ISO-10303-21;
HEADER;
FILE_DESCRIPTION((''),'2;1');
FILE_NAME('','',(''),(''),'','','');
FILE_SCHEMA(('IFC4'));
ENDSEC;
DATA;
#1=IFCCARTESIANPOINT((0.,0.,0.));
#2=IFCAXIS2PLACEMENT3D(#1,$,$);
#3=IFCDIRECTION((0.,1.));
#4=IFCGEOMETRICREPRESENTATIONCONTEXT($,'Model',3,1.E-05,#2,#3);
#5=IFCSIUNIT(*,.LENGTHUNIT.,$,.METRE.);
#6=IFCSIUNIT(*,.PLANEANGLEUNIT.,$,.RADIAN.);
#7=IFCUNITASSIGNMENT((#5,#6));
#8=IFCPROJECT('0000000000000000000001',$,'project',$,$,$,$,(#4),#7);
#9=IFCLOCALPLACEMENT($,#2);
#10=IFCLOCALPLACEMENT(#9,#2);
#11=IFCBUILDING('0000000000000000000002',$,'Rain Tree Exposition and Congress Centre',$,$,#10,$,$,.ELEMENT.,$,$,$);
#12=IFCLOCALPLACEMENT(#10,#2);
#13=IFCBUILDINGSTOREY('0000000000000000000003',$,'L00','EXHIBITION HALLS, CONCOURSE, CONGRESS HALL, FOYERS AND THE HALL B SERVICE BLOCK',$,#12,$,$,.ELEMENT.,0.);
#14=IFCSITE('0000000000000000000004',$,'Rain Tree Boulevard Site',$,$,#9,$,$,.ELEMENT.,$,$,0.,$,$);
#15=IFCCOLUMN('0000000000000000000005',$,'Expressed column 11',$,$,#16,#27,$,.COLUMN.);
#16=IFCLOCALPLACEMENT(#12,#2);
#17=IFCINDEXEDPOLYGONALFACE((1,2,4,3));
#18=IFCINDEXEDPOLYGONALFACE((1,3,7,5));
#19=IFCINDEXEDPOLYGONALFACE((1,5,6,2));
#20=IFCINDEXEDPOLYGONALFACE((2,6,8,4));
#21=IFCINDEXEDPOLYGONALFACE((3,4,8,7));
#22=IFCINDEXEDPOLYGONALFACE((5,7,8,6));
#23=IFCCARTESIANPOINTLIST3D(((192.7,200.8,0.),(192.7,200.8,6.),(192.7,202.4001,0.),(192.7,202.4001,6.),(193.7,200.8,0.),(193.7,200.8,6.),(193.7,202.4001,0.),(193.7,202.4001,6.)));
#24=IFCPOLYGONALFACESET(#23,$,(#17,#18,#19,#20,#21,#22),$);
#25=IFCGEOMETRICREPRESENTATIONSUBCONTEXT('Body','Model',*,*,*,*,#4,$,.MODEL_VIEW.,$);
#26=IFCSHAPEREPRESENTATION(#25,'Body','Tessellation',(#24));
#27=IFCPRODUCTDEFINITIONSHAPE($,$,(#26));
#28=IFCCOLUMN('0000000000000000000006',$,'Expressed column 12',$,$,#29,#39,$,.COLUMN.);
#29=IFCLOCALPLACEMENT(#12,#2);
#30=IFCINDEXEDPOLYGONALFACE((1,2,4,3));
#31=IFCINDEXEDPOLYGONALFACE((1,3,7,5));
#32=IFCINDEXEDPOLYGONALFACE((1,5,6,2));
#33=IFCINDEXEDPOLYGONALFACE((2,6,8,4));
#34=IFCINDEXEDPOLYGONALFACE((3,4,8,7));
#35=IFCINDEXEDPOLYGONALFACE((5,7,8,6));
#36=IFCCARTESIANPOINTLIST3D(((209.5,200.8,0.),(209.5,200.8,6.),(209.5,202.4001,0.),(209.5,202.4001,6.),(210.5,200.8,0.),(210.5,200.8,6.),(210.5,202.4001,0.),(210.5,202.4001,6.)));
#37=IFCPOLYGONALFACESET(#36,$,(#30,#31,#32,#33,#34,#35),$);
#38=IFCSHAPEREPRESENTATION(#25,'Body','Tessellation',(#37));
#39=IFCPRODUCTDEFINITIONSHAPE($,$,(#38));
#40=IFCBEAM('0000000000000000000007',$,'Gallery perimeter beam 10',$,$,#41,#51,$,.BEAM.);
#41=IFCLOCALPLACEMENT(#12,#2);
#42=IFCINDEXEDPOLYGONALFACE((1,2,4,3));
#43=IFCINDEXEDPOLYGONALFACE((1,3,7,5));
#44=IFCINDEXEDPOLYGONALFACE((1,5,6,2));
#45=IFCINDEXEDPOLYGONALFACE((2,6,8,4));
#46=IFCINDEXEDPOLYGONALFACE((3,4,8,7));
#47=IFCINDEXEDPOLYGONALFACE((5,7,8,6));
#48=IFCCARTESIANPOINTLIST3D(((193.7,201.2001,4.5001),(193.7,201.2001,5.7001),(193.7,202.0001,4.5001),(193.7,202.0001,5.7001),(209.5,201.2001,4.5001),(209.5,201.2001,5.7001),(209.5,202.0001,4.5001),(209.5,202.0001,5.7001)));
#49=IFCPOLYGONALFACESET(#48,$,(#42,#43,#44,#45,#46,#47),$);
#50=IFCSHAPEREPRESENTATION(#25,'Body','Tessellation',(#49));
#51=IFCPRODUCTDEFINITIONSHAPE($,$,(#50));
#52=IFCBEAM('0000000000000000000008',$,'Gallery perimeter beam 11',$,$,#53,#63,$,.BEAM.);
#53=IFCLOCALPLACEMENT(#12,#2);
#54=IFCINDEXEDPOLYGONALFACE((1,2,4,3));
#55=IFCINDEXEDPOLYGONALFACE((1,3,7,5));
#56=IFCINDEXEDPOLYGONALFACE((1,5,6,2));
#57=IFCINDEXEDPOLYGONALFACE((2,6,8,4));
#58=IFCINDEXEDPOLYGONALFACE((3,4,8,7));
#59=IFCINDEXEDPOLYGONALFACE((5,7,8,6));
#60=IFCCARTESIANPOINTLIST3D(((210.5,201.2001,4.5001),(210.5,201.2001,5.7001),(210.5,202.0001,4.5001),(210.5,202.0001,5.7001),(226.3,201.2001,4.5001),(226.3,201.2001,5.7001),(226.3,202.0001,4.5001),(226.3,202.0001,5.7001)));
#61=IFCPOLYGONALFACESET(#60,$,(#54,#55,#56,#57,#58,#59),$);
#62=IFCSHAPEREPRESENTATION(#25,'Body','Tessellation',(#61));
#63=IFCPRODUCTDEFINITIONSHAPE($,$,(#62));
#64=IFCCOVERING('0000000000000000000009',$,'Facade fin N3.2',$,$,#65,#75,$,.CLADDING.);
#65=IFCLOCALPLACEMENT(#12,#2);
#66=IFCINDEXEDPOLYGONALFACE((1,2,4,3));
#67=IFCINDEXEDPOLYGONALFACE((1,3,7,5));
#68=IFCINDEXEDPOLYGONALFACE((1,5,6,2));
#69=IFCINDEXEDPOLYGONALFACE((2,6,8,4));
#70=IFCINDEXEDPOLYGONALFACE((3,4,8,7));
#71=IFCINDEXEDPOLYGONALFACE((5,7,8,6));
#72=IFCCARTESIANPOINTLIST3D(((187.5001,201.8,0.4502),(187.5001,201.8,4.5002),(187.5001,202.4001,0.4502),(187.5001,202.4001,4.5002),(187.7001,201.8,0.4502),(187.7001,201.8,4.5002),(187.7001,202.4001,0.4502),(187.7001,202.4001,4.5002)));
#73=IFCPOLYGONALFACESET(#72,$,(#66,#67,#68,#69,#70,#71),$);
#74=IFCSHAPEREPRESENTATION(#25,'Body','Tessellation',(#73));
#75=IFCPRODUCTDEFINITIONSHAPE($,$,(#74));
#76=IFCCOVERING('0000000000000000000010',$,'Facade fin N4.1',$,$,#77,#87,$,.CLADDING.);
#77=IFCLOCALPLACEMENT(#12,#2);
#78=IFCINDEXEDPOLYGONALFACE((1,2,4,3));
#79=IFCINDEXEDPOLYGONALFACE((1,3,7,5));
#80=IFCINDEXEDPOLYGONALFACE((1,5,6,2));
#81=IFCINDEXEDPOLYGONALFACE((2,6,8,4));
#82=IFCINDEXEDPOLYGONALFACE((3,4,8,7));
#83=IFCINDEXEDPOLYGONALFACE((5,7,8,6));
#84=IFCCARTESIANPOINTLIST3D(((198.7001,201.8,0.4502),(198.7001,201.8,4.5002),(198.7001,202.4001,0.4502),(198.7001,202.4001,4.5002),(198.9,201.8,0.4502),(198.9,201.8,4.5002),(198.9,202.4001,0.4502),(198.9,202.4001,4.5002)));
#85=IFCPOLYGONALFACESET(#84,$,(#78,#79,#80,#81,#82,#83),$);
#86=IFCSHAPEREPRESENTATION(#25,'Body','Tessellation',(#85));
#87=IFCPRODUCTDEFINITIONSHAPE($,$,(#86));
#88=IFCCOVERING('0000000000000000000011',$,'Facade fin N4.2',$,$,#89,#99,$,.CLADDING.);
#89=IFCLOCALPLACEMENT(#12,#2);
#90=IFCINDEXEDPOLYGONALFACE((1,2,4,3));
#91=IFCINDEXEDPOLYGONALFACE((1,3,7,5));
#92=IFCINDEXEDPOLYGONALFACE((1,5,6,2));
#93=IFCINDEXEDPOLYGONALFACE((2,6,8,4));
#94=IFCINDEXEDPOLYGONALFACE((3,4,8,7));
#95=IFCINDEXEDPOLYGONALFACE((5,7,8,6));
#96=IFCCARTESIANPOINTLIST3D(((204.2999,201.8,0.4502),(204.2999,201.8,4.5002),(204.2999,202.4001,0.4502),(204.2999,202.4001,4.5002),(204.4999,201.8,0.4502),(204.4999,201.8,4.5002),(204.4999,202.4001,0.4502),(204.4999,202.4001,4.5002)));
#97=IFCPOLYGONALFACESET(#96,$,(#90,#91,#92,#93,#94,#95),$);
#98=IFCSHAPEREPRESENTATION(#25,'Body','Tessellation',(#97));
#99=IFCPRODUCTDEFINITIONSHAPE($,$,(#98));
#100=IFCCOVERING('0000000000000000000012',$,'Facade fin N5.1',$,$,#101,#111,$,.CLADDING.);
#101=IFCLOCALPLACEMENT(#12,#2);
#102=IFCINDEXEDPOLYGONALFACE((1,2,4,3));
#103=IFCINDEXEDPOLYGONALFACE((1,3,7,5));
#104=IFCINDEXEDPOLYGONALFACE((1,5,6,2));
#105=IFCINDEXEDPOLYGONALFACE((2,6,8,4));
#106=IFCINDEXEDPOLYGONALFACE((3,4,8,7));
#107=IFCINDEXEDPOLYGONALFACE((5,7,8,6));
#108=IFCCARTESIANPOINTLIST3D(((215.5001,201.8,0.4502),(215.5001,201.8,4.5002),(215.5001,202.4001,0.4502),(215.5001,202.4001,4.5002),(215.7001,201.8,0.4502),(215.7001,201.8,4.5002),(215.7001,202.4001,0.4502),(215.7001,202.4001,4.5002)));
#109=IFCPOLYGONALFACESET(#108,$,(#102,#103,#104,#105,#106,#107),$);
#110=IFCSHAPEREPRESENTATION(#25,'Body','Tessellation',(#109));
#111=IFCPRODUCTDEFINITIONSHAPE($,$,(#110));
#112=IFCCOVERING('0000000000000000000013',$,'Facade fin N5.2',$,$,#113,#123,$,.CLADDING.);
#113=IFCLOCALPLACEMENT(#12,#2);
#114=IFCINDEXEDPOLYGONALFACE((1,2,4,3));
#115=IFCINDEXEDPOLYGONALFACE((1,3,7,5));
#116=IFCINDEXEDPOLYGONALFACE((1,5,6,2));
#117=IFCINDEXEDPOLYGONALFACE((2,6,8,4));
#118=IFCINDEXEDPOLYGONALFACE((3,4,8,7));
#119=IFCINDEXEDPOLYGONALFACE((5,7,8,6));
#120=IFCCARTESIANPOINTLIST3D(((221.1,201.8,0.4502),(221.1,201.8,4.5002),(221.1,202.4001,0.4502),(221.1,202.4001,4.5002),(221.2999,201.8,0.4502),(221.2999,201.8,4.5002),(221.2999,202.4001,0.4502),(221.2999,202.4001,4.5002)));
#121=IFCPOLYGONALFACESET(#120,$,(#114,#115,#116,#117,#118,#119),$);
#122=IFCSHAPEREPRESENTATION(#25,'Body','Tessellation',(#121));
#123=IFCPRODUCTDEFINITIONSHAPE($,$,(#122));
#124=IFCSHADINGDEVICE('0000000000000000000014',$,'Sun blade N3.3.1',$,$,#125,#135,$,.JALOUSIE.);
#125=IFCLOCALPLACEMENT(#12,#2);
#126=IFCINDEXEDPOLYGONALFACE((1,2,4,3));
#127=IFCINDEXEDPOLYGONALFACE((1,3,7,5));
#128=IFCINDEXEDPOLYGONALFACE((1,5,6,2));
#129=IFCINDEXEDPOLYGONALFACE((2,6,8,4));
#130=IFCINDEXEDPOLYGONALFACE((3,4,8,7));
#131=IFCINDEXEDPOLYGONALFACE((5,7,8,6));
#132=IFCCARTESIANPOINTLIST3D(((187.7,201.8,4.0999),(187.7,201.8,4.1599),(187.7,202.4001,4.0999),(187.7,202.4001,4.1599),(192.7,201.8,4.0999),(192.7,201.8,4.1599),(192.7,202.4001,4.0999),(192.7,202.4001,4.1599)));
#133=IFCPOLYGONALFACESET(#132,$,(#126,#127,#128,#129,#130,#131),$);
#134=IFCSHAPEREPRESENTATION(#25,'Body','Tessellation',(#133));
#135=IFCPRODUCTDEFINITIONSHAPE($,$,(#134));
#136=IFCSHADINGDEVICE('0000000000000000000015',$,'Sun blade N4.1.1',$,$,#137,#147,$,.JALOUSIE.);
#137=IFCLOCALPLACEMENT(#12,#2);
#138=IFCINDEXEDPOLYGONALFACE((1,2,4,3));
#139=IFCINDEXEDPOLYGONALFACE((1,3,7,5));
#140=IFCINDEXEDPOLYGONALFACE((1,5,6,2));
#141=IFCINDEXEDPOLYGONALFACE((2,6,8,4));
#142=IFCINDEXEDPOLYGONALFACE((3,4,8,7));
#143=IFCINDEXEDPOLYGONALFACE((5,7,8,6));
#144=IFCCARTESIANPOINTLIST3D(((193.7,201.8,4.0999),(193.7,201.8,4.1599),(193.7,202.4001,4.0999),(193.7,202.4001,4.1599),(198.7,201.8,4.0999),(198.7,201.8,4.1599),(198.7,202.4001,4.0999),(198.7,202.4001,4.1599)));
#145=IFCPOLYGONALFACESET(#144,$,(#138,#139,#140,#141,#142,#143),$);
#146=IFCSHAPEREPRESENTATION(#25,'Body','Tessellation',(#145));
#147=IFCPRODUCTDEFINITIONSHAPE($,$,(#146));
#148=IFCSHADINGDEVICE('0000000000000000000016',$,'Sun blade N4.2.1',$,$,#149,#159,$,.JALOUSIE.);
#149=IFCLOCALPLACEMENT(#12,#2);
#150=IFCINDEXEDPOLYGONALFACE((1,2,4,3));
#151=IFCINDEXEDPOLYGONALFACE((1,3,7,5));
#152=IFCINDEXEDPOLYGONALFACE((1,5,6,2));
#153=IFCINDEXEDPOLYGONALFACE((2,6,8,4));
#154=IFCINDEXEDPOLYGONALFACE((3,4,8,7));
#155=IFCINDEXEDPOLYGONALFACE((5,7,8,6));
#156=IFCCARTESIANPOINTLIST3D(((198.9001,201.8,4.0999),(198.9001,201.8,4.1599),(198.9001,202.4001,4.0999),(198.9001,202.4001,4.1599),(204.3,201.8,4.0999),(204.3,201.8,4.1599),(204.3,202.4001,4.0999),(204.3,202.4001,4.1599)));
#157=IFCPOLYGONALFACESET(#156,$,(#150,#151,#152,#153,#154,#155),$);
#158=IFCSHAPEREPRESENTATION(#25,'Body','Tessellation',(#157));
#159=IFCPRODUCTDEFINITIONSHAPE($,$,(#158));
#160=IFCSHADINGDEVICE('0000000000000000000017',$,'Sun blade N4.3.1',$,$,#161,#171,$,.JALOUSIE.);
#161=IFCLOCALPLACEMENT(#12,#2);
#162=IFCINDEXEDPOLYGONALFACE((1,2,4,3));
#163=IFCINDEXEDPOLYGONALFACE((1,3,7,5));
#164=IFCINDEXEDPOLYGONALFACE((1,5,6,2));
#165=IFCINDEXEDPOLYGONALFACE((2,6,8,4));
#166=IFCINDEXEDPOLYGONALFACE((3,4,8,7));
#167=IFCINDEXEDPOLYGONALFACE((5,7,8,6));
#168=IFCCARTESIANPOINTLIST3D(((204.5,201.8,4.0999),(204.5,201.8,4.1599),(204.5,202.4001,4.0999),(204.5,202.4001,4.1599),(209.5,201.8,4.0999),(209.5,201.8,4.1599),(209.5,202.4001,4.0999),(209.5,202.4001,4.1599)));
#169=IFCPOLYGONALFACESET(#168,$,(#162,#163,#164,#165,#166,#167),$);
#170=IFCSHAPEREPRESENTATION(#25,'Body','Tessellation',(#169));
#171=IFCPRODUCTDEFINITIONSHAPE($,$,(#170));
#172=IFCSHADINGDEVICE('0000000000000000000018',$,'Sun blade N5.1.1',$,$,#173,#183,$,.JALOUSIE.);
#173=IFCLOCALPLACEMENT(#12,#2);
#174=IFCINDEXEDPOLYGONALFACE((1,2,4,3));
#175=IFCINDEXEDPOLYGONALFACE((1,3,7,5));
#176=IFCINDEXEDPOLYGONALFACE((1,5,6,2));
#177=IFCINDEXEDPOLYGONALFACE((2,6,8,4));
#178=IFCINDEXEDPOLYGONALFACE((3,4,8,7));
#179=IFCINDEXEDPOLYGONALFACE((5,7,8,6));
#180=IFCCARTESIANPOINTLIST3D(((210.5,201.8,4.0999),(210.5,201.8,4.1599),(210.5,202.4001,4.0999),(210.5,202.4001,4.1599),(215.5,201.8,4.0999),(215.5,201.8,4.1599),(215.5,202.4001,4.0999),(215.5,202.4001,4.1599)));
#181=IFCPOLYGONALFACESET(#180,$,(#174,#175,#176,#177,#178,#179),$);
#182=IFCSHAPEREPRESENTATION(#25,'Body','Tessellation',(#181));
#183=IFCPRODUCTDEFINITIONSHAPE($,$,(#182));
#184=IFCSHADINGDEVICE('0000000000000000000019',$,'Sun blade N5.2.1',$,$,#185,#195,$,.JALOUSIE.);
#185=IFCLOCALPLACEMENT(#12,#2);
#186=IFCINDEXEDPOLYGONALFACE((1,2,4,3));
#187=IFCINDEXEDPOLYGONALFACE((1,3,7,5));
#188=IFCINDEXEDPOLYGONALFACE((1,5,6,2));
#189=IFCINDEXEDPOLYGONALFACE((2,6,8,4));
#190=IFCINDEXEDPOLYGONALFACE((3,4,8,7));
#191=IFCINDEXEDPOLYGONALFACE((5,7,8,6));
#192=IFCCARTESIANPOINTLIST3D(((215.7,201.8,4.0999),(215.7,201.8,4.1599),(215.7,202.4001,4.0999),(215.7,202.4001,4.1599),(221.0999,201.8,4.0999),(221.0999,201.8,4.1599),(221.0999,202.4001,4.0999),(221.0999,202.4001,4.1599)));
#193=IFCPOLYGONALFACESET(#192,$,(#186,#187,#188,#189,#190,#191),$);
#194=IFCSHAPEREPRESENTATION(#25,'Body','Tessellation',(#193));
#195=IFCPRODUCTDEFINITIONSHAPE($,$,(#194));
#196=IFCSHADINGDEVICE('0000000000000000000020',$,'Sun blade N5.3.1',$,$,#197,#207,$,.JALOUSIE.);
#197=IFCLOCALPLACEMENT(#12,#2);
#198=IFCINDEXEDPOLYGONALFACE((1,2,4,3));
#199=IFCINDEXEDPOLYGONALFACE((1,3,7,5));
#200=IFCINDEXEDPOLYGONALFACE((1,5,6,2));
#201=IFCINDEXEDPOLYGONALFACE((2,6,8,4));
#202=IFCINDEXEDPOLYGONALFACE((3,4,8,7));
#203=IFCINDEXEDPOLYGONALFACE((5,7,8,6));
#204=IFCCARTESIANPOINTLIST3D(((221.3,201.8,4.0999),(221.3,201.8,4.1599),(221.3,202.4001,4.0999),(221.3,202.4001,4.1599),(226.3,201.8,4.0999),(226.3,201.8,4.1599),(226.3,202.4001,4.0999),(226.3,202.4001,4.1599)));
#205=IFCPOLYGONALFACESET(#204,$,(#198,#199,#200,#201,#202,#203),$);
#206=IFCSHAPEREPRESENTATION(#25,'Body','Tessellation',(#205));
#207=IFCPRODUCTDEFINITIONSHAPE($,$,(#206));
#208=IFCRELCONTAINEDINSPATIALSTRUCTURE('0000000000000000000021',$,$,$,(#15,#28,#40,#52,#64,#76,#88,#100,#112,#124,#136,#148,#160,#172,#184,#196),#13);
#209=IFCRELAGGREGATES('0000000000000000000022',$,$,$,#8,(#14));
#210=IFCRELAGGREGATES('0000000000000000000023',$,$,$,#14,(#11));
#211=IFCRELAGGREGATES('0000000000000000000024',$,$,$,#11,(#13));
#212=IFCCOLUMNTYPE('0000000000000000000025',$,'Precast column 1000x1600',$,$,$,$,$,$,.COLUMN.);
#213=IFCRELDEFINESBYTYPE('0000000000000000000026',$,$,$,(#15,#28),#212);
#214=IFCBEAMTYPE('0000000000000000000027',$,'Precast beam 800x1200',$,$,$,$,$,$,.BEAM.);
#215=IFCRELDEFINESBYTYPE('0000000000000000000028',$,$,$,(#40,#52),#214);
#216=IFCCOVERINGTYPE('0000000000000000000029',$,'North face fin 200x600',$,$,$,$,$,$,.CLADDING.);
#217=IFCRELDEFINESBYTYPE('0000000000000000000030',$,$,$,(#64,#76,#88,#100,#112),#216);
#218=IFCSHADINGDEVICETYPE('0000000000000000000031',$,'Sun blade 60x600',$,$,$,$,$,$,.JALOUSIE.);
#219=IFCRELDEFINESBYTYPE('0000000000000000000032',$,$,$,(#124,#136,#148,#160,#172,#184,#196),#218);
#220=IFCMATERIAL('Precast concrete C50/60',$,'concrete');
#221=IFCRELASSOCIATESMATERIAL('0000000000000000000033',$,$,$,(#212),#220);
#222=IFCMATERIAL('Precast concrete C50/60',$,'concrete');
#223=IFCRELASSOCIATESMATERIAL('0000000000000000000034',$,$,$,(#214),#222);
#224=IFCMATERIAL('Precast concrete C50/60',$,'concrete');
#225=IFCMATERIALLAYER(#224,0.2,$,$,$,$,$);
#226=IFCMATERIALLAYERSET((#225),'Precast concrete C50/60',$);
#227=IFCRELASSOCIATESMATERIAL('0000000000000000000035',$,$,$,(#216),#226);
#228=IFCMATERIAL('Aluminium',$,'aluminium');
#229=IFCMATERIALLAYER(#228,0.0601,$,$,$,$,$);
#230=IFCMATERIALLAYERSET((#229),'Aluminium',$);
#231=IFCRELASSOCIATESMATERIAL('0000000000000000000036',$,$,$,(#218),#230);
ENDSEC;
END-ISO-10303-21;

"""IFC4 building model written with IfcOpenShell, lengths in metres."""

from ifc_helpers import new_model, si_unit, direction, frame, origin, origin_2d, place, context, subcontext, project, spatial, rectangle, extrude, material, layer, layer_set, material_profile, profile_set, type_object, element, save


model = new_model("IFC4")

# Units and contexts
model_context = context("Model", 3, precision=1e-05, world=origin(), true_north=direction((0.0, 1.0)))
body_context = subcontext(model_context, "Body", "Model", "MODEL_VIEW")
ifc_project = project(units=[si_unit("LENGTHUNIT", "METRE"), si_unit("PLANEANGLEUNIT", "RADIAN")], contexts=[model_context])

# Site, building, storey
site_placement = place(None, origin())
site = spatial("IfcSite", under=ifc_project, at=site_placement, Name="Rain Tree Boulevard Site", CompositionType="ELEMENT", RefElevation=0.0)
building_placement = place(site_placement, origin())
building = spatial("IfcBuilding", under=site, at=building_placement, Name="Rain Tree Exposition and Congress Centre", CompositionType="ELEMENT")
storey_placement = place(building_placement, origin())
storey = spatial("IfcBuildingStorey", under=building, at=storey_placement, Name="L00", Description="EXHIBITION HALLS, CONCOURSE, CONGRESS HALL, FOYERS AND THE HALL B SERVICE BLOCK", CompositionType="ELEMENT", Elevation=0.0)

# Columns
ifc_material_1 = material(Name="Precast concrete C50/60", Category="concrete")
ifc_material_profile_1 = material_profile(ifc_material_1, rectangle(XDim=1.0, YDim=1.6001, at=origin_2d()), Name="RC 1000x1600")
ifc_profile_set_1 = profile_set([ifc_material_profile_1], Name="Precast concrete C50/60")
column_type = type_object("IfcColumnType", Name="Precast column 1000x1600", PredefinedType="COLUMN", material=ifc_profile_set_1)
for number, where, z_axis, x_axis, name in (
    (1, (193.2, 201.6001, 0.0), (0.0, 0.0, 1.0), (1.0, 0.0, 0.0), "Expressed column 11"),
    (2, (210.0, 201.6001, 0.0), (0.0, 0.0, 1.0), (1.0, 0.0, 0.0), "Expressed column 12"),
):
    element("IfcColumn", number, at=place(storey_placement, frame(where, z_axis=z_axis, x_axis=x_axis)), inside=storey, type_object=column_type, Name=name, PredefinedType="COLUMN", context=body_context, shape_type="SweptSolid", body=[
        extrude(rectangle(XDim=1.0, YDim=1.6001, at=origin_2d()), origin(), (0.0, 0.0, 1.0), 6.0),
    ])

# Beams
ifc_material_2 = material(Name="Precast concrete C50/60", Category="concrete")
ifc_material_profile_2 = material_profile(ifc_material_2, rectangle(XDim=0.8, YDim=1.2, at=origin_2d()), Name="RC 800x1200")
ifc_profile_set_2 = profile_set([ifc_material_profile_2], Name="Precast concrete C50/60")
beam_type = type_object("IfcBeamType", Name="Precast beam 800x1200", PredefinedType="BEAM", material=ifc_profile_set_2)
for number, where, z_axis, x_axis, name in (
    (3, (193.7, 201.6001, 5.1001), (1.0, 0.0, 0.0), (0.0, 1.0, 0.0), "Gallery perimeter beam 10"),
    (4, (210.5, 201.6001, 5.1001), (1.0, 0.0, 0.0), (0.0, 1.0, 0.0), "Gallery perimeter beam 11"),
):
    element("IfcBeam", number, at=place(storey_placement, frame(where, z_axis=z_axis, x_axis=x_axis)), inside=storey, type_object=beam_type, Name=name, PredefinedType="BEAM", context=body_context, shape_type="SweptSolid", body=[
        extrude(rectangle(XDim=0.8, YDim=1.2, at=origin_2d()), origin(), (0.0, 0.0, 1.0), 15.8),
    ])

# Coverings
ifc_material_3 = material(Name="Precast concrete C50/60", Category="concrete")
ifc_layer_1 = layer(ifc_material_3, 0.2)
ifc_layer_set_1 = layer_set([ifc_layer_1], Name="Precast concrete C50/60")
covering_type = type_object("IfcCoveringType", Name="North face fin 200x600", PredefinedType="CLADDING", material=ifc_layer_set_1)
for number, where, z_axis, x_axis, name in (
    (5, (187.6001, 202.1001, 0.4502), (0.0, 0.0, 1.0), (1.0, 0.0, 0.0), "Facade fin N3.2"),
    (6, (198.8, 202.1001, 0.4502), (0.0, 0.0, 1.0), (1.0, 0.0, 0.0), "Facade fin N4.1"),
    (7, (204.3999, 202.1001, 0.4502), (0.0, 0.0, 1.0), (1.0, 0.0, 0.0), "Facade fin N4.2"),
    (8, (215.6001, 202.1001, 0.4502), (0.0, 0.0, 1.0), (1.0, 0.0, 0.0), "Facade fin N5.1"),
    (9, (221.2, 202.1001, 0.4502), (0.0, 0.0, 1.0), (1.0, 0.0, 0.0), "Facade fin N5.2"),
):
    element("IfcCovering", number, at=place(storey_placement, frame(where, z_axis=z_axis, x_axis=x_axis)), inside=storey, type_object=covering_type, Name=name, PredefinedType="CLADDING", context=body_context, shape_type="SweptSolid", body=[
        extrude(rectangle(XDim=0.2, YDim=0.6001, at=origin_2d()), origin(), (0.0, 0.0, 1.0), 4.05),
    ])

# Shading devices
ifc_material_4 = material(Name="Aluminium", Category="aluminium")
ifc_layer_2 = layer(ifc_material_4, 0.0601)
ifc_layer_set_2 = layer_set([ifc_layer_2], Name="Aluminium")
shading_device_type = type_object("IfcShadingDeviceType", Name="Sun blade 60x600", PredefinedType="JALOUSIE", material=ifc_layer_set_2)
for number, where, z_axis, x_axis, name in (
    (10, (190.2, 202.1001, 4.0999), (0.0, 0.0, 1.0), (1.0, 0.0, 0.0), "Sun blade N3.3.1"),
    (11, (196.2, 202.1001, 4.0999), (0.0, 0.0, 1.0), (1.0, 0.0, 0.0), "Sun blade N4.1.1"),
):
    element("IfcShadingDevice", number, at=place(storey_placement, frame(where, z_axis=z_axis, x_axis=x_axis)), inside=storey, type_object=shading_device_type, Name=name, PredefinedType="JALOUSIE", context=body_context, shape_type="SweptSolid", body=[
        extrude(rectangle(XDim=5.0, YDim=0.6001, at=origin_2d()), origin(), (0.0, 0.0, 1.0), 0.0601),
    ])
shading_device_1_placement = place(storey_placement, frame((201.6001, 202.1001, 4.0999), z_axis=(0.0, 0.0, 1.0), x_axis=(1.0, 0.0, 0.0)))
element("IfcShadingDevice", 12, at=shading_device_1_placement, inside=storey, type_object=shading_device_type, Name="Sun blade N4.2.1", PredefinedType="JALOUSIE", context=body_context, shape_type="SweptSolid", body=[
    extrude(rectangle(XDim=5.3999, YDim=0.6001, at=origin_2d()), origin(), (0.0, 0.0, 1.0), 0.0601),
])
for number, where, z_axis, x_axis, name in (
    (13, (207.0, 202.1001, 4.0999), (0.0, 0.0, 1.0), (1.0, 0.0, 0.0), "Sun blade N4.3.1"),
    (14, (213.0, 202.1001, 4.0999), (0.0, 0.0, 1.0), (1.0, 0.0, 0.0), "Sun blade N5.1.1"),
):
    element("IfcShadingDevice", number, at=place(storey_placement, frame(where, z_axis=z_axis, x_axis=x_axis)), inside=storey, type_object=shading_device_type, Name=name, PredefinedType="JALOUSIE", context=body_context, shape_type="SweptSolid", body=[
        extrude(rectangle(XDim=5.0, YDim=0.6001, at=origin_2d()), origin(), (0.0, 0.0, 1.0), 0.0601),
    ])
shading_device_2_placement = place(storey_placement, frame((218.3999, 202.1001, 4.0999), z_axis=(0.0, 0.0, 1.0), x_axis=(1.0, 0.0, 0.0)))
element("IfcShadingDevice", 15, at=shading_device_2_placement, inside=storey, type_object=shading_device_type, Name="Sun blade N5.2.1", PredefinedType="JALOUSIE", context=body_context, shape_type="SweptSolid", body=[
    extrude(rectangle(XDim=5.3999, YDim=0.6001, at=origin_2d()), origin(), (0.0, 0.0, 1.0), 0.0601),
])
shading_device_3_placement = place(storey_placement, frame((223.8, 202.1001, 4.0999), z_axis=(0.0, 0.0, 1.0), x_axis=(1.0, 0.0, 0.0)))
element("IfcShadingDevice", 16, at=shading_device_3_placement, inside=storey, type_object=shading_device_type, Name="Sun blade N5.3.1", PredefinedType="JALOUSIE", context=body_context, shape_type="SweptSolid", body=[
    extrude(rectangle(XDim=5.0, YDim=0.6001, at=origin_2d()), origin(), (0.0, 0.0, 1.0), 0.0601),
])

save(model, "model.ifc")
